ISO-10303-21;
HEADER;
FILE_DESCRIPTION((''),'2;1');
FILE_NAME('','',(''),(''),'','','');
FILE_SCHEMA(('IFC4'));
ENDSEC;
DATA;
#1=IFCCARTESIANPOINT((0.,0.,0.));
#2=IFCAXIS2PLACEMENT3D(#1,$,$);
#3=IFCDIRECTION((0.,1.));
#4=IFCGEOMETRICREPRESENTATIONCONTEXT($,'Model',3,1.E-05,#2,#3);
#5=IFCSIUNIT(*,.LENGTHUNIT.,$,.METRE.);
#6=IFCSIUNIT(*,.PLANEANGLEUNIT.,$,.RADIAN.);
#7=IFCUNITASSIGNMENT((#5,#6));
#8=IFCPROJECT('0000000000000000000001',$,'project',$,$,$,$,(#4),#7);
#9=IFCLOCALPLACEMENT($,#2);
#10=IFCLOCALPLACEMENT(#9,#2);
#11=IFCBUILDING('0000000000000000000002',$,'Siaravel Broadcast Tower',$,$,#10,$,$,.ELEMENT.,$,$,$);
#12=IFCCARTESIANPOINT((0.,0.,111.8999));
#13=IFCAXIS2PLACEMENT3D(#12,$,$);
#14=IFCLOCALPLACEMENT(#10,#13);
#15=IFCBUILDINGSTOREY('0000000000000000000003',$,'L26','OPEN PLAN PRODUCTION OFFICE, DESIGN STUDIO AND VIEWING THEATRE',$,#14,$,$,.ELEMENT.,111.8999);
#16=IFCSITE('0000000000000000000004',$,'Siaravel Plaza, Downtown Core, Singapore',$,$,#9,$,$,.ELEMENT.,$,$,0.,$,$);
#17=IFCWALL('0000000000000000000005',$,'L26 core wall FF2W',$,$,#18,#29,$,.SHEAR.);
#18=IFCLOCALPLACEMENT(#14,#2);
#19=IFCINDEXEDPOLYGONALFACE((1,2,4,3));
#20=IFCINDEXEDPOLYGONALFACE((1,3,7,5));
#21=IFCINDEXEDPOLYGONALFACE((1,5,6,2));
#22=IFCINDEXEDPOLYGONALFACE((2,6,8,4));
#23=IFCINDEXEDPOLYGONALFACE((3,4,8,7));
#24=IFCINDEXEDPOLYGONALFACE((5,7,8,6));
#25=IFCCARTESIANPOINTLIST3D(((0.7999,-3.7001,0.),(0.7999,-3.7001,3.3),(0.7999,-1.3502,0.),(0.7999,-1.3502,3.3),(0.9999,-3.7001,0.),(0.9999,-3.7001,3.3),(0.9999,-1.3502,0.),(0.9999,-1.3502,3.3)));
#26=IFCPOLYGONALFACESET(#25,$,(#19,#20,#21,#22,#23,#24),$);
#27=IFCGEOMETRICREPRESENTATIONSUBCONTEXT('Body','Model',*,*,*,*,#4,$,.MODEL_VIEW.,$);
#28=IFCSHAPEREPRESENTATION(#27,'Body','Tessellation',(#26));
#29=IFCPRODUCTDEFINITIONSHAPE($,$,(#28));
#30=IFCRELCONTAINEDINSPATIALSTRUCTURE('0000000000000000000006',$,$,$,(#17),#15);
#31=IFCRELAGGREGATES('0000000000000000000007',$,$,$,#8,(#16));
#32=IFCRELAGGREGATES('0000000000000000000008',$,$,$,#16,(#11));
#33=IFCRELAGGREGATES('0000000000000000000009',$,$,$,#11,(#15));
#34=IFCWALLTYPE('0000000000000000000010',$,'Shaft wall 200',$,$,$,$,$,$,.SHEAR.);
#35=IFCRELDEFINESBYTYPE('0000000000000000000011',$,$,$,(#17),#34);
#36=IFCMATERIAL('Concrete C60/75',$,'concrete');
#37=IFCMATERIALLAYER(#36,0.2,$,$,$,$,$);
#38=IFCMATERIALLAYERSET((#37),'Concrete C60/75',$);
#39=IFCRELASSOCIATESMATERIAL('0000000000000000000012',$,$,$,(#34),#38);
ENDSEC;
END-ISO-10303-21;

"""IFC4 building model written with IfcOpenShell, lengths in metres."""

from ifc_helpers import new_model, si_unit, direction, frame, frame_2d, origin, place, context, subcontext, project, spatial, rectangle, extrude, material, layer, layer_set, type_object, element, save


model = new_model("IFC4")

# Units and contexts
model_context = context("Model", 3, precision=1e-05, world=origin(), true_north=direction((0.0, 1.0)))
body_context = subcontext(model_context, "Body", "Model", "MODEL_VIEW")
ifc_project = project(units=[si_unit("LENGTHUNIT", "METRE"), si_unit("PLANEANGLEUNIT", "RADIAN")], contexts=[model_context])

# Site, building, storey
site_placement = place(None, origin())
site = spatial("IfcSite", under=ifc_project, at=site_placement, Name="Siaravel Plaza, Downtown Core, Singapore", CompositionType="ELEMENT", RefElevation=0.0)
building_placement = place(site_placement, origin())
building = spatial("IfcBuilding", under=site, at=building_placement, Name="Siaravel Broadcast Tower", CompositionType="ELEMENT")
storey_placement = place(building_placement, frame((0.0, 0.0, 111.8999)))
storey = spatial("IfcBuildingStorey", under=building, at=storey_placement, Name="L26", Description="OPEN PLAN PRODUCTION OFFICE, DESIGN STUDIO AND VIEWING THEATRE", CompositionType="ELEMENT", Elevation=111.8999)

# Shared definitions
ifc_material_1 = material(Name="Concrete C60/75", Category="concrete")

# Shared definitions
ifc_layer_1 = layer(ifc_material_1, 0.2)
ifc_layer_set_1 = layer_set([ifc_layer_1], Name="Concrete C60/75")
wall_type_1 = type_object("IfcWallType", Name="Shaft wall 200", PredefinedType="SHEAR", material=ifc_layer_set_1)

# Wall
wall_1_placement = place(storey_placement, frame((0.8999, -3.7, 0.0), z_axis=(0.0, 0.0, 1.0), x_axis=(0.0, 1.0, 0.0)))
element("IfcWall", 1, at=wall_1_placement, inside=storey, type_object=wall_type_1, Name="L26 core wall FF2W", PredefinedType="SHEAR", context=body_context, shape_type="SweptSolid", body=[
    extrude(rectangle(XDim=2.3499, YDim=0.2, at=frame_2d((1.1748, 0.0))), origin(), (0.0, 0.0, 1.0), 3.3),
])

save(model, "model.ifc")
